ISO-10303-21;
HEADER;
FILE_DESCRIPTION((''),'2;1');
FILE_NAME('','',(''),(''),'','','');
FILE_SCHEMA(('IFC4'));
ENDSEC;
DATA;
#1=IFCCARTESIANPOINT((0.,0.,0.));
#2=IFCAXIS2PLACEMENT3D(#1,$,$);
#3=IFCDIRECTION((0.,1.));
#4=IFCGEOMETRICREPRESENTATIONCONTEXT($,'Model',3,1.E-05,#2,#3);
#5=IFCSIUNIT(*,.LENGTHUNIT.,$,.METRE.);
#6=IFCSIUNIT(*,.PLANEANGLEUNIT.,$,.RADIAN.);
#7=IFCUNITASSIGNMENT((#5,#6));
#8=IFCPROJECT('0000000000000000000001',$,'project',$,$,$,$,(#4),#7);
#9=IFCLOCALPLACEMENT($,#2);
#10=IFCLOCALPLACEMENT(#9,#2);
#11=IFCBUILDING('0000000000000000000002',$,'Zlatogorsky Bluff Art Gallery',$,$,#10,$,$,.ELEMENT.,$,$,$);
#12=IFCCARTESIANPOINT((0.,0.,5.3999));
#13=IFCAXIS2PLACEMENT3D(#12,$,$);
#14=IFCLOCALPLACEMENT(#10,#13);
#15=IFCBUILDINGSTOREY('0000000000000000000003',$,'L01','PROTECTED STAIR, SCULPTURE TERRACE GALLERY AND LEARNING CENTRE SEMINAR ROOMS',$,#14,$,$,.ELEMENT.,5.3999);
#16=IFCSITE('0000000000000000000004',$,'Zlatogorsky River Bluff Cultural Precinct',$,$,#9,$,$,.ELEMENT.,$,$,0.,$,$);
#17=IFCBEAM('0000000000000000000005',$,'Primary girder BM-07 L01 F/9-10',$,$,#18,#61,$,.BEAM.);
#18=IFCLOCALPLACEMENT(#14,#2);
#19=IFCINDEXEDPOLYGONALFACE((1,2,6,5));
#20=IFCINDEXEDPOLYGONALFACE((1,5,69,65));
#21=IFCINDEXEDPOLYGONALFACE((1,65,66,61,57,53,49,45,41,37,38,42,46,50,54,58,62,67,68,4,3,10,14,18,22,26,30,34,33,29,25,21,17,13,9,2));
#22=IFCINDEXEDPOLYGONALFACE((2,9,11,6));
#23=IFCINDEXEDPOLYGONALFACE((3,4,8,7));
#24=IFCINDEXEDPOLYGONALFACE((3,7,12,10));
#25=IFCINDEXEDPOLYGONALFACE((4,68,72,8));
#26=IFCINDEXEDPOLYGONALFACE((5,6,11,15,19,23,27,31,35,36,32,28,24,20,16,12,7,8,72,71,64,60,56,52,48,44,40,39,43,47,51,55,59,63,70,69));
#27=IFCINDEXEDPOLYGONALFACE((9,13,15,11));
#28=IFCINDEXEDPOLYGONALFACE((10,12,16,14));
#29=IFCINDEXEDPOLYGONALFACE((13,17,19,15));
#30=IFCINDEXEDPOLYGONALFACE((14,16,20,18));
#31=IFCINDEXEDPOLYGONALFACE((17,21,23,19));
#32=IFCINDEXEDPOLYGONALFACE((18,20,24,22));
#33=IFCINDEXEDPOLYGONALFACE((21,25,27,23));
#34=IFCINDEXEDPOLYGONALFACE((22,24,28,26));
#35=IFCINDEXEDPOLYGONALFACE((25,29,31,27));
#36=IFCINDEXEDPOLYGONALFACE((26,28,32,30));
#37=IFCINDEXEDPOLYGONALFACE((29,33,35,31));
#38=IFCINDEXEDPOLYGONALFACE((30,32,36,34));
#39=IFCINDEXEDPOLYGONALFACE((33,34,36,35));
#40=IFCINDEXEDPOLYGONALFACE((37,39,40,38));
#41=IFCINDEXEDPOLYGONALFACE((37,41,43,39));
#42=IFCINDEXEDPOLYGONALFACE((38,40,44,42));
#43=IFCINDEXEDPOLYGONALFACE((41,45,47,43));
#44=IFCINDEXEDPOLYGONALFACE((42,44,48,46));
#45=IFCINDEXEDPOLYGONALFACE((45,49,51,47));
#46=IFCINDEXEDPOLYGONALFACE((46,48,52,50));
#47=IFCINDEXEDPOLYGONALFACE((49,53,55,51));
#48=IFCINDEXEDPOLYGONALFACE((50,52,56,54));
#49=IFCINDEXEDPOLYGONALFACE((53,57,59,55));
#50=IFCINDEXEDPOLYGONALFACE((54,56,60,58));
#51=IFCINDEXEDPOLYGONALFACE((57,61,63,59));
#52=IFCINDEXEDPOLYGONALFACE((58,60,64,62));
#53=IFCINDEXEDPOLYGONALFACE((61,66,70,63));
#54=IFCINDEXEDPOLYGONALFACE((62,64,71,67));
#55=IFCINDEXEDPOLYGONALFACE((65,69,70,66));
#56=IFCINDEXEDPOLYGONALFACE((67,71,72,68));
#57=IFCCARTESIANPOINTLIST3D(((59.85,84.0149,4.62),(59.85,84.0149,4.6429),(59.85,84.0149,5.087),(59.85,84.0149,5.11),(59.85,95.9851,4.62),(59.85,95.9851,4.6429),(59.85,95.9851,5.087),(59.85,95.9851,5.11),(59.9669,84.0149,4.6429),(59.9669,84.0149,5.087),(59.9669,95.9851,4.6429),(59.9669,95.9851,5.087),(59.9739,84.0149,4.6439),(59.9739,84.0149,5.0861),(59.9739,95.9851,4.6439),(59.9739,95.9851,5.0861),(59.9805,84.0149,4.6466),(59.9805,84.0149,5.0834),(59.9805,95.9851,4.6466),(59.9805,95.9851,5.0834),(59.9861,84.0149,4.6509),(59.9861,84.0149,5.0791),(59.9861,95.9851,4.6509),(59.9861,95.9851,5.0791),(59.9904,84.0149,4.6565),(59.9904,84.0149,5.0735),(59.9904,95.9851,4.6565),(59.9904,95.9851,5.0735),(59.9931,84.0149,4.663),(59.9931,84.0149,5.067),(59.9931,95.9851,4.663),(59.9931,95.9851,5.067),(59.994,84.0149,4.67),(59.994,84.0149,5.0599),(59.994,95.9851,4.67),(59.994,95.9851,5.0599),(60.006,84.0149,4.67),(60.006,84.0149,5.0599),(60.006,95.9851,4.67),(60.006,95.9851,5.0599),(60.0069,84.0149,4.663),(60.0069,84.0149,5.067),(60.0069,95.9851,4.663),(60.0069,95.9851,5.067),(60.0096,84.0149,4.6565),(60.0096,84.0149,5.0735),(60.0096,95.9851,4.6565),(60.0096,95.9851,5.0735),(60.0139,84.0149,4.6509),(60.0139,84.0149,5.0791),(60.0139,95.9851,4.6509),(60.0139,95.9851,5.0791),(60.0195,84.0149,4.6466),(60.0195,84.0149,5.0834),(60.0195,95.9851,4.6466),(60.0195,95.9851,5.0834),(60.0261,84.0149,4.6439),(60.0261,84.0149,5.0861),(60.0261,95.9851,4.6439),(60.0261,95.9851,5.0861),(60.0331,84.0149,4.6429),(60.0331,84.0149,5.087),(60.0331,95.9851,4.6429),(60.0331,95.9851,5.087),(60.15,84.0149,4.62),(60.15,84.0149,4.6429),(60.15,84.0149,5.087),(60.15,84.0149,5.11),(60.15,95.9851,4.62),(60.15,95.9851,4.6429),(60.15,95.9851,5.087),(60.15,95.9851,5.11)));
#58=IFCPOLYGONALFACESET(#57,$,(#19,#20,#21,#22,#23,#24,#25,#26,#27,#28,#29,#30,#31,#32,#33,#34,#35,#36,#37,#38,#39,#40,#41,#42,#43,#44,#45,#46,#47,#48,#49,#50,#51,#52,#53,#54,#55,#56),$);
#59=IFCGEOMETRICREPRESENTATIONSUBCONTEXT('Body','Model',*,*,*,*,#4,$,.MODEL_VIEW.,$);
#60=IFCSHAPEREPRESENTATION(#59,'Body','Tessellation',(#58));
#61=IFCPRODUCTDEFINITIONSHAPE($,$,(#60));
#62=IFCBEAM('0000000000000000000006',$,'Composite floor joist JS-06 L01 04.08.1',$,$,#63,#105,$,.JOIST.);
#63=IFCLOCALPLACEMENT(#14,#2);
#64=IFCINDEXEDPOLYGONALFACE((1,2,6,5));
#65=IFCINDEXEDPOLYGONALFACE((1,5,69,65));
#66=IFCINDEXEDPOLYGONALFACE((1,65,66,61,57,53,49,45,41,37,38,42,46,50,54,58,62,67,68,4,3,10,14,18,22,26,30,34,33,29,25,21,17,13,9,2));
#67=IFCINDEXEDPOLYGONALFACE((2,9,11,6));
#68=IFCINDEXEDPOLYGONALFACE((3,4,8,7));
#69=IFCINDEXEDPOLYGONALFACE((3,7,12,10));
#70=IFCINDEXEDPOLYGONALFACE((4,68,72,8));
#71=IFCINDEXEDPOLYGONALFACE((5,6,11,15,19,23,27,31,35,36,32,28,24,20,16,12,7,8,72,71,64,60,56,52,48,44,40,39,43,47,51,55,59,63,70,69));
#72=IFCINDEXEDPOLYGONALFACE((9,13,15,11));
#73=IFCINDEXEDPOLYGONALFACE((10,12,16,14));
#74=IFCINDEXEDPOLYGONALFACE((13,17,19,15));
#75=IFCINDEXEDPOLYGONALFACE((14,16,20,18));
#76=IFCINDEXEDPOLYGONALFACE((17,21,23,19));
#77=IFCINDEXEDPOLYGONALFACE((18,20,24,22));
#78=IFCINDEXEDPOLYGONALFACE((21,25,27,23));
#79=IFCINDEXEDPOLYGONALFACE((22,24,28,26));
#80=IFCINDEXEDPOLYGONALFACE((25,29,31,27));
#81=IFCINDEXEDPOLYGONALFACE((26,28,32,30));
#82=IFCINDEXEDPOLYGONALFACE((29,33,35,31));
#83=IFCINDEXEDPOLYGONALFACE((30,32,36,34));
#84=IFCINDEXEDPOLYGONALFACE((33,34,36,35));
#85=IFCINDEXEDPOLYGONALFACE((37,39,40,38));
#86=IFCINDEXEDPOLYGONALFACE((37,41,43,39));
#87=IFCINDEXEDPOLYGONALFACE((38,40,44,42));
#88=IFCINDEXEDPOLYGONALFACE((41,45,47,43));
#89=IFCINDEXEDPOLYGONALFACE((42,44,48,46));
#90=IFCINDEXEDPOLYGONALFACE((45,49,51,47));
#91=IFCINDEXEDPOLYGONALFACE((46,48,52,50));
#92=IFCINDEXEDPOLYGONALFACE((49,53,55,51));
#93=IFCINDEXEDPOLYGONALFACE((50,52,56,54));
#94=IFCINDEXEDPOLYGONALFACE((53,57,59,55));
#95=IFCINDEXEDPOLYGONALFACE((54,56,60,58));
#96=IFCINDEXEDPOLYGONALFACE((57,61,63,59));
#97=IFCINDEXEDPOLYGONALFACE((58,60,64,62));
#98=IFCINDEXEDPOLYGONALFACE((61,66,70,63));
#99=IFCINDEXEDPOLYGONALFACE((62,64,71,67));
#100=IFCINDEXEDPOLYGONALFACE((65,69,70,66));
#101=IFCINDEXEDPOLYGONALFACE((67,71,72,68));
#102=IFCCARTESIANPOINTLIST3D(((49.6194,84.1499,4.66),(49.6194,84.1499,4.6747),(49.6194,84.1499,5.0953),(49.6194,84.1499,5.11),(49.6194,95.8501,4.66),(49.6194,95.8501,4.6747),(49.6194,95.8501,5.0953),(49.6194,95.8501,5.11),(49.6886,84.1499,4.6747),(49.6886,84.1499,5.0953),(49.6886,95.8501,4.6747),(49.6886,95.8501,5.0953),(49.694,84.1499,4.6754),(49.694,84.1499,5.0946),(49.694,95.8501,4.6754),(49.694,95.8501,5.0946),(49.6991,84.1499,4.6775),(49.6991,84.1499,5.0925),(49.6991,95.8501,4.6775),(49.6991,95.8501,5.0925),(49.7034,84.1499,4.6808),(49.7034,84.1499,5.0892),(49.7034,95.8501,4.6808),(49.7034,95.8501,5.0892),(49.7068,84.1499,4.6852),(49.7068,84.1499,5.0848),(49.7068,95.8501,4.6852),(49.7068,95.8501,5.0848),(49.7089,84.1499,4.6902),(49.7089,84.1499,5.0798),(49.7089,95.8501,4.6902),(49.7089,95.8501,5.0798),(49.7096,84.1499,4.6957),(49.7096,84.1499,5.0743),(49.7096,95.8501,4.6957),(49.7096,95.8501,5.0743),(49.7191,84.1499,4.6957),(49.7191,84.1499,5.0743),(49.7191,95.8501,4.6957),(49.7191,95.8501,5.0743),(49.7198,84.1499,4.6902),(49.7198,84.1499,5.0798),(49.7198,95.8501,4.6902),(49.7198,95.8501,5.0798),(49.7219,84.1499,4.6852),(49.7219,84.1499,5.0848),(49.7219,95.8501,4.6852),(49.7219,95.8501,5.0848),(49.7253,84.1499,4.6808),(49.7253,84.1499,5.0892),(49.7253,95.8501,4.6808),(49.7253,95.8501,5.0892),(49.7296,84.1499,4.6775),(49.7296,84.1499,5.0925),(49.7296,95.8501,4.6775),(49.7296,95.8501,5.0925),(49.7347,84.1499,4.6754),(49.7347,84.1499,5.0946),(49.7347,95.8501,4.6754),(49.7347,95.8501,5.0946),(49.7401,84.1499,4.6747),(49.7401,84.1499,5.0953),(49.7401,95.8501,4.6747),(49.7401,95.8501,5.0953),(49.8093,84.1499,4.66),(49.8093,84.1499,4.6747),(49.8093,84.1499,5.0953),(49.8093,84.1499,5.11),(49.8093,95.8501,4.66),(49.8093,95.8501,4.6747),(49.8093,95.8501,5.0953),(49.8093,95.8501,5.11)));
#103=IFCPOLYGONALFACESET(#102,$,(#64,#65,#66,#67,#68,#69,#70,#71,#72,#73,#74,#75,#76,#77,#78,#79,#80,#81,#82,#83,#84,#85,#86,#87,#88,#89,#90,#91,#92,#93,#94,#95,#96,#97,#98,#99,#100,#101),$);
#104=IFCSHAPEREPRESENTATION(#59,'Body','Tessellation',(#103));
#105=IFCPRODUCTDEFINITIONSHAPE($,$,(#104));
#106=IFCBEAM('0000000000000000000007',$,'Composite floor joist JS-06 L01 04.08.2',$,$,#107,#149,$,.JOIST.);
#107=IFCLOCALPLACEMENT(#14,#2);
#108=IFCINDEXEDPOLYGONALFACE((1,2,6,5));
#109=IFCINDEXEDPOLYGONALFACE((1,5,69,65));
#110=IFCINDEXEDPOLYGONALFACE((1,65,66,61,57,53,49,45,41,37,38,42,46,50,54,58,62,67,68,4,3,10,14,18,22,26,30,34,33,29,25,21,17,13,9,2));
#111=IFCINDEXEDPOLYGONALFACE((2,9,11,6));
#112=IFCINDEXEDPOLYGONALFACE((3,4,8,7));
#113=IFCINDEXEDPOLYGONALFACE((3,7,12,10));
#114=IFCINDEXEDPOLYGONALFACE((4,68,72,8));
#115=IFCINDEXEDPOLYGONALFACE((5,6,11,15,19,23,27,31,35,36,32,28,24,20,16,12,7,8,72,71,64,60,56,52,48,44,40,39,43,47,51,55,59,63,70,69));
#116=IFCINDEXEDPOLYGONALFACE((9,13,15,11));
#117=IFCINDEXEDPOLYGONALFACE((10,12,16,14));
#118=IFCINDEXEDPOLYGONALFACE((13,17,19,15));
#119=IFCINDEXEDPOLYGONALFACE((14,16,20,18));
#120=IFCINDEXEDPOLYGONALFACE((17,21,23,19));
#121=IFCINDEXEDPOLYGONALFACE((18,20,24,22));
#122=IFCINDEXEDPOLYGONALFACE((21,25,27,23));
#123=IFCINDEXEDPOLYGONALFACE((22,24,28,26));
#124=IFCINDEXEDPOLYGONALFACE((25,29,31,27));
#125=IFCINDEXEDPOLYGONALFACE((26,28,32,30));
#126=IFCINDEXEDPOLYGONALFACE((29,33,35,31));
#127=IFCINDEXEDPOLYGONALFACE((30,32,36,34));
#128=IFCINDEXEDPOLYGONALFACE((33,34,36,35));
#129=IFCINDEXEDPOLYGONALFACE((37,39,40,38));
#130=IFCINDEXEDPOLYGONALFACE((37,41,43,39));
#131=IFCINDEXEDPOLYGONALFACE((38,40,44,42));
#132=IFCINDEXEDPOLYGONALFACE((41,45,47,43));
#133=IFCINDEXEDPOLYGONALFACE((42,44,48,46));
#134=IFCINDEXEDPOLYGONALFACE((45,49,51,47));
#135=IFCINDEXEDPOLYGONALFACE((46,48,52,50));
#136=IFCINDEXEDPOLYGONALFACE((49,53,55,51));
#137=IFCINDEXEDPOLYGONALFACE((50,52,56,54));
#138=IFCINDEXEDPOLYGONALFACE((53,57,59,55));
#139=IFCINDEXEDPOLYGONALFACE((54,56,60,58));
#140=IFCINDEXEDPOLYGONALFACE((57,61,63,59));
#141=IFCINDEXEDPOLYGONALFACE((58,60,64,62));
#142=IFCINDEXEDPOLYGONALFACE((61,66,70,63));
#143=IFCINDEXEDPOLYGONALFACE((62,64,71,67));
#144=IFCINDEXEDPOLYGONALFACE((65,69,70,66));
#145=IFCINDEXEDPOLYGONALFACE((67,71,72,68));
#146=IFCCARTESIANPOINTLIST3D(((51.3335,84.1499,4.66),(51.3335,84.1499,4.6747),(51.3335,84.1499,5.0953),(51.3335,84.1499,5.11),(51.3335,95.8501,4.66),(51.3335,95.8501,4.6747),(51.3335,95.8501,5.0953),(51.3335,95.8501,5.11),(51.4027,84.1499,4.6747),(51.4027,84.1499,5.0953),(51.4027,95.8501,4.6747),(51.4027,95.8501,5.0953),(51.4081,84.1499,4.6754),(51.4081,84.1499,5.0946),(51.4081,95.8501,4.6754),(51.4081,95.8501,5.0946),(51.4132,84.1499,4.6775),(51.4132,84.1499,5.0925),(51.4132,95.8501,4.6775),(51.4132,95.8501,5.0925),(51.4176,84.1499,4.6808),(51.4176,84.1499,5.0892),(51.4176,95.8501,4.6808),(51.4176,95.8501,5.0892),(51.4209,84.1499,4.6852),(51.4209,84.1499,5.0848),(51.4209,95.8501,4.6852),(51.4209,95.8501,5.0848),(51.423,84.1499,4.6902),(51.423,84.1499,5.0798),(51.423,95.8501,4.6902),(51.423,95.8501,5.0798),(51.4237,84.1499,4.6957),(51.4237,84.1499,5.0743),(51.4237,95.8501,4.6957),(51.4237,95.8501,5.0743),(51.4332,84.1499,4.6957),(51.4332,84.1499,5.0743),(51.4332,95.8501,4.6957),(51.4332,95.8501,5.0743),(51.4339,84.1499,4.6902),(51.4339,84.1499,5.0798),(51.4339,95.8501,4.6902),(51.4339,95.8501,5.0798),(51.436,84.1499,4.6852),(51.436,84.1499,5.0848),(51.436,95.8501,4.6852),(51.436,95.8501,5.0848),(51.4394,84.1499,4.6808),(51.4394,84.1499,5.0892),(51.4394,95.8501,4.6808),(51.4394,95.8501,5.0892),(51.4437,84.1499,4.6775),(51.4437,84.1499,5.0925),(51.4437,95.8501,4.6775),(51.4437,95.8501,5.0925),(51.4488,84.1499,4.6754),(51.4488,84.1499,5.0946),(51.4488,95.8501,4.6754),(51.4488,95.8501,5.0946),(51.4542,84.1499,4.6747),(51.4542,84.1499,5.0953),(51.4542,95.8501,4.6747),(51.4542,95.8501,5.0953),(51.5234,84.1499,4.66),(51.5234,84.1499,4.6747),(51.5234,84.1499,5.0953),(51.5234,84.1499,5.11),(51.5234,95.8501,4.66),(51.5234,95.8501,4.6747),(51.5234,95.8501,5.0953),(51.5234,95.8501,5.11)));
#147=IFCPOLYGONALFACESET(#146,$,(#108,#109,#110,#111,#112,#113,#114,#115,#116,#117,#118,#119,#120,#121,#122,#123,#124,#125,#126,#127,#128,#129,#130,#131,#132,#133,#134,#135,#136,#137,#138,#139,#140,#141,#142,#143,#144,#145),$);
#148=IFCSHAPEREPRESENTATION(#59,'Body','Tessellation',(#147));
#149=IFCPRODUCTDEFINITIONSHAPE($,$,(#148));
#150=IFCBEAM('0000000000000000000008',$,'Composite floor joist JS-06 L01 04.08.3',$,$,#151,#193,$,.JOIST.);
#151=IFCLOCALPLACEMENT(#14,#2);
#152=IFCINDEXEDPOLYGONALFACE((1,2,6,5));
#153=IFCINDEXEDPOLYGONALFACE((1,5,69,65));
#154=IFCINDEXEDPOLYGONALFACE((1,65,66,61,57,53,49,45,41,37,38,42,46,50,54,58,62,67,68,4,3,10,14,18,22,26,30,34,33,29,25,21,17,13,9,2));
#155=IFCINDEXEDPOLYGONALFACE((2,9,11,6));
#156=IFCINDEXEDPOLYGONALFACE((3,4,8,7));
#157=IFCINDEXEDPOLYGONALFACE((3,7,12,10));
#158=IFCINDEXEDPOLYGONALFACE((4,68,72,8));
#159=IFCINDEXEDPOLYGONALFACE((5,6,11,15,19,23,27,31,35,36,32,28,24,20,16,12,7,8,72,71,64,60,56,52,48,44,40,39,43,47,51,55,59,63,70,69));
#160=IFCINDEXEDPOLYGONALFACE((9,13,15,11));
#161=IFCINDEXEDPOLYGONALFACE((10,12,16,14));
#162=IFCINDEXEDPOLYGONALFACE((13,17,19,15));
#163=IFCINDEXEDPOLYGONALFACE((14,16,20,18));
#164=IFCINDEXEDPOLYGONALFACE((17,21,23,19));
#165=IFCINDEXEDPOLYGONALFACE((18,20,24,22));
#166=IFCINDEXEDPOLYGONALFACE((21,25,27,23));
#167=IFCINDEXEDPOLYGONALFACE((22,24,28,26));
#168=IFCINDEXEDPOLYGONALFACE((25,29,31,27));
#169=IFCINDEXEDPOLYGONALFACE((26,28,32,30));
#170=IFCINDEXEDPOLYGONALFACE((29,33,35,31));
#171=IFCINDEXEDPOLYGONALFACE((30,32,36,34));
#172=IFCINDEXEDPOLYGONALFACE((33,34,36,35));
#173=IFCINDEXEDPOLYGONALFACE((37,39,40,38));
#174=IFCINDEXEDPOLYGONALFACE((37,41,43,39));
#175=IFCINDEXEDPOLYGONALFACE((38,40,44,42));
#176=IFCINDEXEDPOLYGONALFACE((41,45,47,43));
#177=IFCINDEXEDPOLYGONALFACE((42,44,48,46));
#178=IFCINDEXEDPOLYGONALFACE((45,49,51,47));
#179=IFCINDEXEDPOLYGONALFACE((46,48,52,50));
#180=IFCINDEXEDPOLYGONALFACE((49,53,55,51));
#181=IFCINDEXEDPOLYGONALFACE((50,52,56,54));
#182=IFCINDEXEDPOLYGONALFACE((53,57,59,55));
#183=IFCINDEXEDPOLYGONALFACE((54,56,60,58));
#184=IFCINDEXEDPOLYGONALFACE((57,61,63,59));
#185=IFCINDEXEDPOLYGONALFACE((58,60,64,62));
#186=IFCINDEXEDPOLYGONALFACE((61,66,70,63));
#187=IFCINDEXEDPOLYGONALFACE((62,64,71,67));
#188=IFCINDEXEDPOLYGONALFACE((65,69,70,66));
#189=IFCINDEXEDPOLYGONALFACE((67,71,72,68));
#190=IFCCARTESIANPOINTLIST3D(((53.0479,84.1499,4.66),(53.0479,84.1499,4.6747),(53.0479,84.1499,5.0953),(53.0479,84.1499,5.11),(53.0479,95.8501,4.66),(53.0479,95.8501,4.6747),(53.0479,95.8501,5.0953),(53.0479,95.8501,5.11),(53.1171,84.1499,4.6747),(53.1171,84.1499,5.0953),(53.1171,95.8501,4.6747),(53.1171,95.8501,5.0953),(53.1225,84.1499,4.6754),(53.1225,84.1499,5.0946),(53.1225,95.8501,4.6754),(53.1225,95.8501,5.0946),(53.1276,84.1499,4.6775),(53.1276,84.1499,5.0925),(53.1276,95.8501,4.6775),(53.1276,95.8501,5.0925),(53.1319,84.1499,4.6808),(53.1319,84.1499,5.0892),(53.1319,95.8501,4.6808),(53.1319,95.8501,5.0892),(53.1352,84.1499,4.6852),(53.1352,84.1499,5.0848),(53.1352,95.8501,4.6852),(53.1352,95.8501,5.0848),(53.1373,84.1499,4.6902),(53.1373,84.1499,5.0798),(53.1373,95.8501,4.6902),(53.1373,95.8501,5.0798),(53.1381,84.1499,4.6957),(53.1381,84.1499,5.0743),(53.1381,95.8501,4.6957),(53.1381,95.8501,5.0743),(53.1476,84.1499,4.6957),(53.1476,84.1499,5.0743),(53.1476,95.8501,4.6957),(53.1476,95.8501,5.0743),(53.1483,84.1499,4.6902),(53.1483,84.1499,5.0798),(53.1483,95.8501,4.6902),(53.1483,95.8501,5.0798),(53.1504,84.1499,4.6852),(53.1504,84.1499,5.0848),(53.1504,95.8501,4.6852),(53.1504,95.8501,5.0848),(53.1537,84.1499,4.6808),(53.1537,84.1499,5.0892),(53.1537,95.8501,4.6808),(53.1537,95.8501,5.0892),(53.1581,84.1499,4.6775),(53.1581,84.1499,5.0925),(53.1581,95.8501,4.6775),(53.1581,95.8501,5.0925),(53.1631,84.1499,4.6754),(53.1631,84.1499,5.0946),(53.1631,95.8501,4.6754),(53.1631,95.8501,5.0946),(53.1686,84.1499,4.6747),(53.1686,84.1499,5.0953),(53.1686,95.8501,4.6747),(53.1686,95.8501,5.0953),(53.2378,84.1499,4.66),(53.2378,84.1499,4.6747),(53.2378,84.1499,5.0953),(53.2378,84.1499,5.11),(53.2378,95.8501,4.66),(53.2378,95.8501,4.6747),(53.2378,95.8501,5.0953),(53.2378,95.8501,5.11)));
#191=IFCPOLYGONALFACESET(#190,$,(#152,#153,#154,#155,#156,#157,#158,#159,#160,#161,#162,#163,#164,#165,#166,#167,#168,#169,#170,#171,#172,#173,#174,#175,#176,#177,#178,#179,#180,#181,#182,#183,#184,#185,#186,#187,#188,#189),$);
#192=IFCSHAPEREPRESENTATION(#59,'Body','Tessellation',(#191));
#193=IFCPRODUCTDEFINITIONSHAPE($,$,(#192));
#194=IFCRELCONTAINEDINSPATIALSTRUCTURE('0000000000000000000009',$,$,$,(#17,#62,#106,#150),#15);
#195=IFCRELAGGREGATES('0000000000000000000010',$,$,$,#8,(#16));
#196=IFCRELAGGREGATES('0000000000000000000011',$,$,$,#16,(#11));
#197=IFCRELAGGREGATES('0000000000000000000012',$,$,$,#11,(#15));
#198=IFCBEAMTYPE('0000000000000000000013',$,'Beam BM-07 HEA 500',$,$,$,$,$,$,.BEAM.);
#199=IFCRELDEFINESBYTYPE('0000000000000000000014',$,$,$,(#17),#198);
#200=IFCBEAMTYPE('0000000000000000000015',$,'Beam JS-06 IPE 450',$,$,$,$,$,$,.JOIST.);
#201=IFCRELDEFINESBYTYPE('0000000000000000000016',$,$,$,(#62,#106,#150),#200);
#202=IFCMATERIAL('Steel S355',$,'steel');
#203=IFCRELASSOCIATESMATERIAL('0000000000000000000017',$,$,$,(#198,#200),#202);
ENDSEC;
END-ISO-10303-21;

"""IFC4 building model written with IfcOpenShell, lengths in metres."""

from ifc_helpers import new_model, si_unit, direction, frame, origin, origin_2d, place, context, subcontext, project, spatial, i_section, extrude, material, material_profile, profile_set, type_object, element, save


model = new_model("IFC4")

# Units and contexts
model_context = context("Model", 3, precision=1e-05, world=origin(), true_north=direction((0.0, 1.0)))
body_context = subcontext(model_context, "Body", "Model", "MODEL_VIEW")
ifc_project = project(units=[si_unit("LENGTHUNIT", "METRE"), si_unit("PLANEANGLEUNIT", "RADIAN")], contexts=[model_context])

# Site, building, storey
site_placement = place(None, origin())
site = spatial("IfcSite", under=ifc_project, at=site_placement, Name="Zlatogorsky River Bluff Cultural Precinct", CompositionType="ELEMENT", RefElevation=0.0)
building_placement = place(site_placement, origin())
building = spatial("IfcBuilding", under=site, at=building_placement, Name="Zlatogorsky Bluff Art Gallery", CompositionType="ELEMENT")
storey_placement = place(building_placement, frame((0.0, 0.0, 5.3999)))
storey = spatial("IfcBuildingStorey", under=building, at=storey_placement, Name="L01", Description="PROTECTED STAIR, SCULPTURE TERRACE GALLERY AND LEARNING CENTRE SEMINAR ROOMS", CompositionType="ELEMENT", Elevation=5.3999)

# Beams
ifc_material_1 = material(Name="Steel S355", Category="steel")
ifc_material_profile_1 = material_profile(ifc_material_1, i_section(OverallWidth=0.3, OverallDepth=0.49, WebThickness=0.012, FlangeThickness=0.0229, FilletRadius=0.0271, at=origin_2d()), Name="HEA 500")
ifc_profile_set_1 = profile_set([ifc_material_profile_1], Name="Steel S355")
beam_type_1 = type_object("IfcBeamType", Name="Beam BM-07 HEA 500", PredefinedType="BEAM", material=ifc_profile_set_1)
beam_placement = place(storey_placement, frame((60.0, 84.0149, 4.865), z_axis=(0.0, 1.0, 0.0), x_axis=(-1.0, 0.0, 0.0)))
element("IfcBeam", 1, at=beam_placement, inside=storey, type_object=beam_type_1, Name="Primary girder BM-07 L01 F/9-10", PredefinedType="BEAM", context=body_context, shape_type="SweptSolid", body=[
    extrude(i_section(OverallWidth=0.3, OverallDepth=0.49, WebThickness=0.012, FlangeThickness=0.0229, FilletRadius=0.0271, at=origin_2d()), origin(), (0.0, 0.0, 1.0), 11.9702),
])
ifc_material_profile_2 = material_profile(ifc_material_1, i_section(OverallWidth=0.1899, OverallDepth=0.45, WebThickness=0.0095, FlangeThickness=0.0146, FilletRadius=0.021, at=origin_2d()), Name="IPE 450")
ifc_profile_set_2 = profile_set([ifc_material_profile_2], Name="Steel S355")
beam_type_2 = type_object("IfcBeamType", Name="Beam JS-06 IPE 450", PredefinedType="JOIST", material=ifc_profile_set_2)
for number, where, z_axis, x_axis, name in (
    (2, (49.7144, 84.1499, 4.885), (0.0, 1.0, 0.0), (-1.0, 0.0, 0.0), "Composite floor joist JS-06 L01 04.08.1"),
    (3, (51.4285, 84.1499, 4.885), (0.0, 1.0, 0.0), (-1.0, 0.0, 0.0), "Composite floor joist JS-06 L01 04.08.2"),
    (4, (53.1428, 84.1499, 4.885), (0.0, 1.0, 0.0), (-1.0, 0.0, 0.0), "Composite floor joist JS-06 L01 04.08.3"),
):
    element("IfcBeam", number, at=place(storey_placement, frame(where, z_axis=z_axis, x_axis=x_axis)), inside=storey, type_object=beam_type_2, Name=name, PredefinedType="JOIST", context=body_context, shape_type="SweptSolid", body=[
        extrude(i_section(OverallWidth=0.1899, OverallDepth=0.45, WebThickness=0.0095, FlangeThickness=0.0146, FilletRadius=0.021, at=origin_2d()), origin(), (0.0, 0.0, 1.0), 11.7002),
    ])

save(model, "model.ifc")
